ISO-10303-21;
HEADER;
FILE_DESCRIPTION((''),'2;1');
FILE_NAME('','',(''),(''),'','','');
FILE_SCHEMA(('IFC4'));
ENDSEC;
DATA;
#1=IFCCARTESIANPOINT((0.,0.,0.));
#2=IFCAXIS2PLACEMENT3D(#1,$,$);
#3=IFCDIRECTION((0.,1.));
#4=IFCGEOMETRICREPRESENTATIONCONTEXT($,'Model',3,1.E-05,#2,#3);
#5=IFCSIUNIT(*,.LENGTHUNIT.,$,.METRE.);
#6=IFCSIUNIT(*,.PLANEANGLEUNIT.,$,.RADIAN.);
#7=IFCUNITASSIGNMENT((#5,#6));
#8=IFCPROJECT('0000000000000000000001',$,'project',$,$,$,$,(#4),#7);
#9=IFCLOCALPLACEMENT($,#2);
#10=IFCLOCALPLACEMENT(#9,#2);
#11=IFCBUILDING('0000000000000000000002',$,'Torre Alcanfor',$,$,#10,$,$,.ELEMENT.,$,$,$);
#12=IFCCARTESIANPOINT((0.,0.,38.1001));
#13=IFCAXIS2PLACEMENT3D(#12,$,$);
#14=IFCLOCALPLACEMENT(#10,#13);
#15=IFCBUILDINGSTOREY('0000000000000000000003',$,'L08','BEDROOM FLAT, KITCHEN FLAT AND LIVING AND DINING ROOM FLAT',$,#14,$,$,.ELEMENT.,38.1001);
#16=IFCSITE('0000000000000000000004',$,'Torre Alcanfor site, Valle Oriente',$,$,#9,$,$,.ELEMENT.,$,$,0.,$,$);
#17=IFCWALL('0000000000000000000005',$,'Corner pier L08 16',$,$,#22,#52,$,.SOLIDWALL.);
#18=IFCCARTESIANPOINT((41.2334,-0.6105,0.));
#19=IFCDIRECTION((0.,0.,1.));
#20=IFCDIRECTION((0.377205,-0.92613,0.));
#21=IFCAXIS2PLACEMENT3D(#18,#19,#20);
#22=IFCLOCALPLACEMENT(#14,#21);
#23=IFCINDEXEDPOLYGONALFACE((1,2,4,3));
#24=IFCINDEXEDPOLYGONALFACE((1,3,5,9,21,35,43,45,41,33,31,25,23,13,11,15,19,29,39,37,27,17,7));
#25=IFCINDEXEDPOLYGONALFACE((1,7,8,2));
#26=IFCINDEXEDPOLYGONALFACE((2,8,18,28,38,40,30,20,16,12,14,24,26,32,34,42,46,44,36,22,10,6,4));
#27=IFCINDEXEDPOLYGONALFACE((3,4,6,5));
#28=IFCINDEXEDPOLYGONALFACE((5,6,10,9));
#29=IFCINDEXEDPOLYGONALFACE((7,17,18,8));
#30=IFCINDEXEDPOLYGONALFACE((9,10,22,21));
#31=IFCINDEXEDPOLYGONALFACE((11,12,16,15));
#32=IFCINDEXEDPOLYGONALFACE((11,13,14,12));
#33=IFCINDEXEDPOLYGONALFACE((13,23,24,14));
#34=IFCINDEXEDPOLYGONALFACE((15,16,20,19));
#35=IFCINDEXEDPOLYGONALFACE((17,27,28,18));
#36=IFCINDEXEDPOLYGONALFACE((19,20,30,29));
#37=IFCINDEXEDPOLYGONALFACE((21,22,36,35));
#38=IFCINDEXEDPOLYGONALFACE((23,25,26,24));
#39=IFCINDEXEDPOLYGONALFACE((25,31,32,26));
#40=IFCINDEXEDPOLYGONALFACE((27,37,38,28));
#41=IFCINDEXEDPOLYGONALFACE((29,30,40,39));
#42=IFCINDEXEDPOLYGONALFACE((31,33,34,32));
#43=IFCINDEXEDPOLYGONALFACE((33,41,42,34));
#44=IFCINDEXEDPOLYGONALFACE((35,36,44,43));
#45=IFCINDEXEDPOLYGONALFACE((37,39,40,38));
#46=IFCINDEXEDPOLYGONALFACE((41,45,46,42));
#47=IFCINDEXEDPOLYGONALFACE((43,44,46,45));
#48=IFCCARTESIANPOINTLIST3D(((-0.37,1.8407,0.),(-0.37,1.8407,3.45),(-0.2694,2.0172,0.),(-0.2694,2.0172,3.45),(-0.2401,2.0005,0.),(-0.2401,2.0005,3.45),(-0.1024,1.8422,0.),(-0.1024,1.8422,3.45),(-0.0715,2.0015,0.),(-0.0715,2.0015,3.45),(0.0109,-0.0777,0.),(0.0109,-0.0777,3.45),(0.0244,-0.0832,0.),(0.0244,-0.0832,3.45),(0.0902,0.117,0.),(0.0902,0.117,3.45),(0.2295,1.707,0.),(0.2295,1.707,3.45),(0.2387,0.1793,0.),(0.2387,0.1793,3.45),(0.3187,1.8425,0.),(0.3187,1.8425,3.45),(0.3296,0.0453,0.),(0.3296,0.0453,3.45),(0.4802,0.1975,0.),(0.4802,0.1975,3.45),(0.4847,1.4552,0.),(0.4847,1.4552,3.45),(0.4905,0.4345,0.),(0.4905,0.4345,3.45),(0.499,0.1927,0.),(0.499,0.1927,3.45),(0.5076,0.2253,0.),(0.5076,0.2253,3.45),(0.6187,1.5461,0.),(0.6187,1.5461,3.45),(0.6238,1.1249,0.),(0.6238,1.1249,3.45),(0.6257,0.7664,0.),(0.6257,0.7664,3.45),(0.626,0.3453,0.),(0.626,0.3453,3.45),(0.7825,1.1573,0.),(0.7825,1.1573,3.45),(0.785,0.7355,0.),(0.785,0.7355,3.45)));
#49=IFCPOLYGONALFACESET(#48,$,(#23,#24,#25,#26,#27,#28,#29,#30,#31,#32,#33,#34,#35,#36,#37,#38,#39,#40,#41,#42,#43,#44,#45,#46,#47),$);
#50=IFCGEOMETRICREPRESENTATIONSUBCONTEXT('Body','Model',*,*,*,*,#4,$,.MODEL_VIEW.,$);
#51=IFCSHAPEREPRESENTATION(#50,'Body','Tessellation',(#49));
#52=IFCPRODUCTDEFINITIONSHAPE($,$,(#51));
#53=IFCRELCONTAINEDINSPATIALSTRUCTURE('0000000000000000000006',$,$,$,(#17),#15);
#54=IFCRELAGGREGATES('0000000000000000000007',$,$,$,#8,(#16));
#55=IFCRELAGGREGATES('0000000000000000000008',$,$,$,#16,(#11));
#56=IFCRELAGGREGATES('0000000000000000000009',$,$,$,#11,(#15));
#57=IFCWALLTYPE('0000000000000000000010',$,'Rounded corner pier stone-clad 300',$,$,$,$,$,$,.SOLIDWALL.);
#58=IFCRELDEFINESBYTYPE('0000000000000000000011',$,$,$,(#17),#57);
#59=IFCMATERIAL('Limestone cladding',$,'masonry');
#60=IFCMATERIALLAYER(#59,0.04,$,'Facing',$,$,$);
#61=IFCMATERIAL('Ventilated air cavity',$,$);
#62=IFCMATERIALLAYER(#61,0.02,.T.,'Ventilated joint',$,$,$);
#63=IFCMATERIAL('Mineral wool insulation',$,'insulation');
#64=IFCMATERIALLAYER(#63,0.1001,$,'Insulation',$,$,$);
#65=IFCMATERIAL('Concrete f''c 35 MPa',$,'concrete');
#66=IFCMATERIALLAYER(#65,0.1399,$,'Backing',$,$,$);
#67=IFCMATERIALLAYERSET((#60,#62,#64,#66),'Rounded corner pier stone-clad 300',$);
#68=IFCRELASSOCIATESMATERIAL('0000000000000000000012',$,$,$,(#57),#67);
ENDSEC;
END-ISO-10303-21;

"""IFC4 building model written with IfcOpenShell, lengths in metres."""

from ifc_helpers import new_model, si_unit, direction, frame, origin, place, context, subcontext, project, spatial, polyline, outline, extrude, material, layer, layer_set, type_object, element, save


model = new_model("IFC4")

# Units and contexts
model_context = context("Model", 3, precision=1e-05, world=origin(), true_north=direction((0.0, 1.0)))
body_context = subcontext(model_context, "Body", "Model", "MODEL_VIEW")
ifc_project = project(units=[si_unit("LENGTHUNIT", "METRE"), si_unit("PLANEANGLEUNIT", "RADIAN")], contexts=[model_context])

# Site, building, storey
site_placement = place(None, origin())
site = spatial("IfcSite", under=ifc_project, at=site_placement, Name="Torre Alcanfor site, Valle Oriente", CompositionType="ELEMENT", RefElevation=0.0)
building_placement = place(site_placement, origin())
building = spatial("IfcBuilding", under=site, at=building_placement, Name="Torre Alcanfor", CompositionType="ELEMENT")
storey_placement = place(building_placement, frame((0.0, 0.0, 38.1001)))
storey = spatial("IfcBuildingStorey", under=building, at=storey_placement, Name="L08", Description="BEDROOM FLAT, KITCHEN FLAT AND LIVING AND DINING ROOM FLAT", CompositionType="ELEMENT", Elevation=38.1001)

# Wall
ifc_material_1 = material(Name="Limestone cladding", Category="masonry")
ifc_layer_1 = layer(ifc_material_1, 0.04, Name="Facing")
ifc_material_2 = material(Name="Ventilated air cavity")
ifc_layer_2 = layer(ifc_material_2, 0.02, ventilated=True, Name="Ventilated joint")
ifc_material_3 = material(Name="Mineral wool insulation", Category="insulation")
ifc_layer_3 = layer(ifc_material_3, 0.1001, Name="Insulation")
ifc_material_4 = material(Name="Concrete f'c 35 MPa", Category="concrete")
ifc_layer_4 = layer(ifc_material_4, 0.1399, Name="Backing")
ifc_layer_set_1 = layer_set([ifc_layer_1, ifc_layer_2, ifc_layer_3, ifc_layer_4], Name="Rounded corner pier stone-clad 300")
wall_type_1 = type_object("IfcWallType", Name="Rounded corner pier stone-clad 300", PredefinedType="SOLIDWALL", material=ifc_layer_set_1)
wall_1_placement = place(storey_placement, frame((41.2334, -0.6105, 0.0), z_axis=(0.0, 0.0, 1.0), x_axis=(0.377205, -0.92613, 0.0)))
element("IfcWall", 1, at=wall_1_placement, inside=storey, type_object=wall_type_1, Name="Corner pier L08 16", PredefinedType="SOLIDWALL", context=body_context, shape_type="SweptSolid", body=[
    extrude(outline(polyline([(0.3187, 1.8425), (-0.0715, 2.0015), (-0.2401, 2.0005), (-0.2694, 2.0172), (-0.37, 1.8407), (-0.1024, 1.8422), (0.2295, 1.707), (0.4847, 1.4552), (0.6238, 1.1249), (0.6257, 0.7664), (0.4905, 0.4345), (0.2387, 0.1793), (0.0902, 0.117), (0.0109, -0.0777), (0.0244, -0.0832), (0.3296, 0.0453), (0.4802, 0.1975), (0.499, 0.1927), (0.5076, 0.2253), (0.626, 0.3453), (0.785, 0.7355), (0.7825, 1.1573), (0.6187, 1.5461), (0.3187, 1.8425)])), origin(), (0.0, 0.0, 1.0), 3.45),
])

save(model, "model.ifc")
